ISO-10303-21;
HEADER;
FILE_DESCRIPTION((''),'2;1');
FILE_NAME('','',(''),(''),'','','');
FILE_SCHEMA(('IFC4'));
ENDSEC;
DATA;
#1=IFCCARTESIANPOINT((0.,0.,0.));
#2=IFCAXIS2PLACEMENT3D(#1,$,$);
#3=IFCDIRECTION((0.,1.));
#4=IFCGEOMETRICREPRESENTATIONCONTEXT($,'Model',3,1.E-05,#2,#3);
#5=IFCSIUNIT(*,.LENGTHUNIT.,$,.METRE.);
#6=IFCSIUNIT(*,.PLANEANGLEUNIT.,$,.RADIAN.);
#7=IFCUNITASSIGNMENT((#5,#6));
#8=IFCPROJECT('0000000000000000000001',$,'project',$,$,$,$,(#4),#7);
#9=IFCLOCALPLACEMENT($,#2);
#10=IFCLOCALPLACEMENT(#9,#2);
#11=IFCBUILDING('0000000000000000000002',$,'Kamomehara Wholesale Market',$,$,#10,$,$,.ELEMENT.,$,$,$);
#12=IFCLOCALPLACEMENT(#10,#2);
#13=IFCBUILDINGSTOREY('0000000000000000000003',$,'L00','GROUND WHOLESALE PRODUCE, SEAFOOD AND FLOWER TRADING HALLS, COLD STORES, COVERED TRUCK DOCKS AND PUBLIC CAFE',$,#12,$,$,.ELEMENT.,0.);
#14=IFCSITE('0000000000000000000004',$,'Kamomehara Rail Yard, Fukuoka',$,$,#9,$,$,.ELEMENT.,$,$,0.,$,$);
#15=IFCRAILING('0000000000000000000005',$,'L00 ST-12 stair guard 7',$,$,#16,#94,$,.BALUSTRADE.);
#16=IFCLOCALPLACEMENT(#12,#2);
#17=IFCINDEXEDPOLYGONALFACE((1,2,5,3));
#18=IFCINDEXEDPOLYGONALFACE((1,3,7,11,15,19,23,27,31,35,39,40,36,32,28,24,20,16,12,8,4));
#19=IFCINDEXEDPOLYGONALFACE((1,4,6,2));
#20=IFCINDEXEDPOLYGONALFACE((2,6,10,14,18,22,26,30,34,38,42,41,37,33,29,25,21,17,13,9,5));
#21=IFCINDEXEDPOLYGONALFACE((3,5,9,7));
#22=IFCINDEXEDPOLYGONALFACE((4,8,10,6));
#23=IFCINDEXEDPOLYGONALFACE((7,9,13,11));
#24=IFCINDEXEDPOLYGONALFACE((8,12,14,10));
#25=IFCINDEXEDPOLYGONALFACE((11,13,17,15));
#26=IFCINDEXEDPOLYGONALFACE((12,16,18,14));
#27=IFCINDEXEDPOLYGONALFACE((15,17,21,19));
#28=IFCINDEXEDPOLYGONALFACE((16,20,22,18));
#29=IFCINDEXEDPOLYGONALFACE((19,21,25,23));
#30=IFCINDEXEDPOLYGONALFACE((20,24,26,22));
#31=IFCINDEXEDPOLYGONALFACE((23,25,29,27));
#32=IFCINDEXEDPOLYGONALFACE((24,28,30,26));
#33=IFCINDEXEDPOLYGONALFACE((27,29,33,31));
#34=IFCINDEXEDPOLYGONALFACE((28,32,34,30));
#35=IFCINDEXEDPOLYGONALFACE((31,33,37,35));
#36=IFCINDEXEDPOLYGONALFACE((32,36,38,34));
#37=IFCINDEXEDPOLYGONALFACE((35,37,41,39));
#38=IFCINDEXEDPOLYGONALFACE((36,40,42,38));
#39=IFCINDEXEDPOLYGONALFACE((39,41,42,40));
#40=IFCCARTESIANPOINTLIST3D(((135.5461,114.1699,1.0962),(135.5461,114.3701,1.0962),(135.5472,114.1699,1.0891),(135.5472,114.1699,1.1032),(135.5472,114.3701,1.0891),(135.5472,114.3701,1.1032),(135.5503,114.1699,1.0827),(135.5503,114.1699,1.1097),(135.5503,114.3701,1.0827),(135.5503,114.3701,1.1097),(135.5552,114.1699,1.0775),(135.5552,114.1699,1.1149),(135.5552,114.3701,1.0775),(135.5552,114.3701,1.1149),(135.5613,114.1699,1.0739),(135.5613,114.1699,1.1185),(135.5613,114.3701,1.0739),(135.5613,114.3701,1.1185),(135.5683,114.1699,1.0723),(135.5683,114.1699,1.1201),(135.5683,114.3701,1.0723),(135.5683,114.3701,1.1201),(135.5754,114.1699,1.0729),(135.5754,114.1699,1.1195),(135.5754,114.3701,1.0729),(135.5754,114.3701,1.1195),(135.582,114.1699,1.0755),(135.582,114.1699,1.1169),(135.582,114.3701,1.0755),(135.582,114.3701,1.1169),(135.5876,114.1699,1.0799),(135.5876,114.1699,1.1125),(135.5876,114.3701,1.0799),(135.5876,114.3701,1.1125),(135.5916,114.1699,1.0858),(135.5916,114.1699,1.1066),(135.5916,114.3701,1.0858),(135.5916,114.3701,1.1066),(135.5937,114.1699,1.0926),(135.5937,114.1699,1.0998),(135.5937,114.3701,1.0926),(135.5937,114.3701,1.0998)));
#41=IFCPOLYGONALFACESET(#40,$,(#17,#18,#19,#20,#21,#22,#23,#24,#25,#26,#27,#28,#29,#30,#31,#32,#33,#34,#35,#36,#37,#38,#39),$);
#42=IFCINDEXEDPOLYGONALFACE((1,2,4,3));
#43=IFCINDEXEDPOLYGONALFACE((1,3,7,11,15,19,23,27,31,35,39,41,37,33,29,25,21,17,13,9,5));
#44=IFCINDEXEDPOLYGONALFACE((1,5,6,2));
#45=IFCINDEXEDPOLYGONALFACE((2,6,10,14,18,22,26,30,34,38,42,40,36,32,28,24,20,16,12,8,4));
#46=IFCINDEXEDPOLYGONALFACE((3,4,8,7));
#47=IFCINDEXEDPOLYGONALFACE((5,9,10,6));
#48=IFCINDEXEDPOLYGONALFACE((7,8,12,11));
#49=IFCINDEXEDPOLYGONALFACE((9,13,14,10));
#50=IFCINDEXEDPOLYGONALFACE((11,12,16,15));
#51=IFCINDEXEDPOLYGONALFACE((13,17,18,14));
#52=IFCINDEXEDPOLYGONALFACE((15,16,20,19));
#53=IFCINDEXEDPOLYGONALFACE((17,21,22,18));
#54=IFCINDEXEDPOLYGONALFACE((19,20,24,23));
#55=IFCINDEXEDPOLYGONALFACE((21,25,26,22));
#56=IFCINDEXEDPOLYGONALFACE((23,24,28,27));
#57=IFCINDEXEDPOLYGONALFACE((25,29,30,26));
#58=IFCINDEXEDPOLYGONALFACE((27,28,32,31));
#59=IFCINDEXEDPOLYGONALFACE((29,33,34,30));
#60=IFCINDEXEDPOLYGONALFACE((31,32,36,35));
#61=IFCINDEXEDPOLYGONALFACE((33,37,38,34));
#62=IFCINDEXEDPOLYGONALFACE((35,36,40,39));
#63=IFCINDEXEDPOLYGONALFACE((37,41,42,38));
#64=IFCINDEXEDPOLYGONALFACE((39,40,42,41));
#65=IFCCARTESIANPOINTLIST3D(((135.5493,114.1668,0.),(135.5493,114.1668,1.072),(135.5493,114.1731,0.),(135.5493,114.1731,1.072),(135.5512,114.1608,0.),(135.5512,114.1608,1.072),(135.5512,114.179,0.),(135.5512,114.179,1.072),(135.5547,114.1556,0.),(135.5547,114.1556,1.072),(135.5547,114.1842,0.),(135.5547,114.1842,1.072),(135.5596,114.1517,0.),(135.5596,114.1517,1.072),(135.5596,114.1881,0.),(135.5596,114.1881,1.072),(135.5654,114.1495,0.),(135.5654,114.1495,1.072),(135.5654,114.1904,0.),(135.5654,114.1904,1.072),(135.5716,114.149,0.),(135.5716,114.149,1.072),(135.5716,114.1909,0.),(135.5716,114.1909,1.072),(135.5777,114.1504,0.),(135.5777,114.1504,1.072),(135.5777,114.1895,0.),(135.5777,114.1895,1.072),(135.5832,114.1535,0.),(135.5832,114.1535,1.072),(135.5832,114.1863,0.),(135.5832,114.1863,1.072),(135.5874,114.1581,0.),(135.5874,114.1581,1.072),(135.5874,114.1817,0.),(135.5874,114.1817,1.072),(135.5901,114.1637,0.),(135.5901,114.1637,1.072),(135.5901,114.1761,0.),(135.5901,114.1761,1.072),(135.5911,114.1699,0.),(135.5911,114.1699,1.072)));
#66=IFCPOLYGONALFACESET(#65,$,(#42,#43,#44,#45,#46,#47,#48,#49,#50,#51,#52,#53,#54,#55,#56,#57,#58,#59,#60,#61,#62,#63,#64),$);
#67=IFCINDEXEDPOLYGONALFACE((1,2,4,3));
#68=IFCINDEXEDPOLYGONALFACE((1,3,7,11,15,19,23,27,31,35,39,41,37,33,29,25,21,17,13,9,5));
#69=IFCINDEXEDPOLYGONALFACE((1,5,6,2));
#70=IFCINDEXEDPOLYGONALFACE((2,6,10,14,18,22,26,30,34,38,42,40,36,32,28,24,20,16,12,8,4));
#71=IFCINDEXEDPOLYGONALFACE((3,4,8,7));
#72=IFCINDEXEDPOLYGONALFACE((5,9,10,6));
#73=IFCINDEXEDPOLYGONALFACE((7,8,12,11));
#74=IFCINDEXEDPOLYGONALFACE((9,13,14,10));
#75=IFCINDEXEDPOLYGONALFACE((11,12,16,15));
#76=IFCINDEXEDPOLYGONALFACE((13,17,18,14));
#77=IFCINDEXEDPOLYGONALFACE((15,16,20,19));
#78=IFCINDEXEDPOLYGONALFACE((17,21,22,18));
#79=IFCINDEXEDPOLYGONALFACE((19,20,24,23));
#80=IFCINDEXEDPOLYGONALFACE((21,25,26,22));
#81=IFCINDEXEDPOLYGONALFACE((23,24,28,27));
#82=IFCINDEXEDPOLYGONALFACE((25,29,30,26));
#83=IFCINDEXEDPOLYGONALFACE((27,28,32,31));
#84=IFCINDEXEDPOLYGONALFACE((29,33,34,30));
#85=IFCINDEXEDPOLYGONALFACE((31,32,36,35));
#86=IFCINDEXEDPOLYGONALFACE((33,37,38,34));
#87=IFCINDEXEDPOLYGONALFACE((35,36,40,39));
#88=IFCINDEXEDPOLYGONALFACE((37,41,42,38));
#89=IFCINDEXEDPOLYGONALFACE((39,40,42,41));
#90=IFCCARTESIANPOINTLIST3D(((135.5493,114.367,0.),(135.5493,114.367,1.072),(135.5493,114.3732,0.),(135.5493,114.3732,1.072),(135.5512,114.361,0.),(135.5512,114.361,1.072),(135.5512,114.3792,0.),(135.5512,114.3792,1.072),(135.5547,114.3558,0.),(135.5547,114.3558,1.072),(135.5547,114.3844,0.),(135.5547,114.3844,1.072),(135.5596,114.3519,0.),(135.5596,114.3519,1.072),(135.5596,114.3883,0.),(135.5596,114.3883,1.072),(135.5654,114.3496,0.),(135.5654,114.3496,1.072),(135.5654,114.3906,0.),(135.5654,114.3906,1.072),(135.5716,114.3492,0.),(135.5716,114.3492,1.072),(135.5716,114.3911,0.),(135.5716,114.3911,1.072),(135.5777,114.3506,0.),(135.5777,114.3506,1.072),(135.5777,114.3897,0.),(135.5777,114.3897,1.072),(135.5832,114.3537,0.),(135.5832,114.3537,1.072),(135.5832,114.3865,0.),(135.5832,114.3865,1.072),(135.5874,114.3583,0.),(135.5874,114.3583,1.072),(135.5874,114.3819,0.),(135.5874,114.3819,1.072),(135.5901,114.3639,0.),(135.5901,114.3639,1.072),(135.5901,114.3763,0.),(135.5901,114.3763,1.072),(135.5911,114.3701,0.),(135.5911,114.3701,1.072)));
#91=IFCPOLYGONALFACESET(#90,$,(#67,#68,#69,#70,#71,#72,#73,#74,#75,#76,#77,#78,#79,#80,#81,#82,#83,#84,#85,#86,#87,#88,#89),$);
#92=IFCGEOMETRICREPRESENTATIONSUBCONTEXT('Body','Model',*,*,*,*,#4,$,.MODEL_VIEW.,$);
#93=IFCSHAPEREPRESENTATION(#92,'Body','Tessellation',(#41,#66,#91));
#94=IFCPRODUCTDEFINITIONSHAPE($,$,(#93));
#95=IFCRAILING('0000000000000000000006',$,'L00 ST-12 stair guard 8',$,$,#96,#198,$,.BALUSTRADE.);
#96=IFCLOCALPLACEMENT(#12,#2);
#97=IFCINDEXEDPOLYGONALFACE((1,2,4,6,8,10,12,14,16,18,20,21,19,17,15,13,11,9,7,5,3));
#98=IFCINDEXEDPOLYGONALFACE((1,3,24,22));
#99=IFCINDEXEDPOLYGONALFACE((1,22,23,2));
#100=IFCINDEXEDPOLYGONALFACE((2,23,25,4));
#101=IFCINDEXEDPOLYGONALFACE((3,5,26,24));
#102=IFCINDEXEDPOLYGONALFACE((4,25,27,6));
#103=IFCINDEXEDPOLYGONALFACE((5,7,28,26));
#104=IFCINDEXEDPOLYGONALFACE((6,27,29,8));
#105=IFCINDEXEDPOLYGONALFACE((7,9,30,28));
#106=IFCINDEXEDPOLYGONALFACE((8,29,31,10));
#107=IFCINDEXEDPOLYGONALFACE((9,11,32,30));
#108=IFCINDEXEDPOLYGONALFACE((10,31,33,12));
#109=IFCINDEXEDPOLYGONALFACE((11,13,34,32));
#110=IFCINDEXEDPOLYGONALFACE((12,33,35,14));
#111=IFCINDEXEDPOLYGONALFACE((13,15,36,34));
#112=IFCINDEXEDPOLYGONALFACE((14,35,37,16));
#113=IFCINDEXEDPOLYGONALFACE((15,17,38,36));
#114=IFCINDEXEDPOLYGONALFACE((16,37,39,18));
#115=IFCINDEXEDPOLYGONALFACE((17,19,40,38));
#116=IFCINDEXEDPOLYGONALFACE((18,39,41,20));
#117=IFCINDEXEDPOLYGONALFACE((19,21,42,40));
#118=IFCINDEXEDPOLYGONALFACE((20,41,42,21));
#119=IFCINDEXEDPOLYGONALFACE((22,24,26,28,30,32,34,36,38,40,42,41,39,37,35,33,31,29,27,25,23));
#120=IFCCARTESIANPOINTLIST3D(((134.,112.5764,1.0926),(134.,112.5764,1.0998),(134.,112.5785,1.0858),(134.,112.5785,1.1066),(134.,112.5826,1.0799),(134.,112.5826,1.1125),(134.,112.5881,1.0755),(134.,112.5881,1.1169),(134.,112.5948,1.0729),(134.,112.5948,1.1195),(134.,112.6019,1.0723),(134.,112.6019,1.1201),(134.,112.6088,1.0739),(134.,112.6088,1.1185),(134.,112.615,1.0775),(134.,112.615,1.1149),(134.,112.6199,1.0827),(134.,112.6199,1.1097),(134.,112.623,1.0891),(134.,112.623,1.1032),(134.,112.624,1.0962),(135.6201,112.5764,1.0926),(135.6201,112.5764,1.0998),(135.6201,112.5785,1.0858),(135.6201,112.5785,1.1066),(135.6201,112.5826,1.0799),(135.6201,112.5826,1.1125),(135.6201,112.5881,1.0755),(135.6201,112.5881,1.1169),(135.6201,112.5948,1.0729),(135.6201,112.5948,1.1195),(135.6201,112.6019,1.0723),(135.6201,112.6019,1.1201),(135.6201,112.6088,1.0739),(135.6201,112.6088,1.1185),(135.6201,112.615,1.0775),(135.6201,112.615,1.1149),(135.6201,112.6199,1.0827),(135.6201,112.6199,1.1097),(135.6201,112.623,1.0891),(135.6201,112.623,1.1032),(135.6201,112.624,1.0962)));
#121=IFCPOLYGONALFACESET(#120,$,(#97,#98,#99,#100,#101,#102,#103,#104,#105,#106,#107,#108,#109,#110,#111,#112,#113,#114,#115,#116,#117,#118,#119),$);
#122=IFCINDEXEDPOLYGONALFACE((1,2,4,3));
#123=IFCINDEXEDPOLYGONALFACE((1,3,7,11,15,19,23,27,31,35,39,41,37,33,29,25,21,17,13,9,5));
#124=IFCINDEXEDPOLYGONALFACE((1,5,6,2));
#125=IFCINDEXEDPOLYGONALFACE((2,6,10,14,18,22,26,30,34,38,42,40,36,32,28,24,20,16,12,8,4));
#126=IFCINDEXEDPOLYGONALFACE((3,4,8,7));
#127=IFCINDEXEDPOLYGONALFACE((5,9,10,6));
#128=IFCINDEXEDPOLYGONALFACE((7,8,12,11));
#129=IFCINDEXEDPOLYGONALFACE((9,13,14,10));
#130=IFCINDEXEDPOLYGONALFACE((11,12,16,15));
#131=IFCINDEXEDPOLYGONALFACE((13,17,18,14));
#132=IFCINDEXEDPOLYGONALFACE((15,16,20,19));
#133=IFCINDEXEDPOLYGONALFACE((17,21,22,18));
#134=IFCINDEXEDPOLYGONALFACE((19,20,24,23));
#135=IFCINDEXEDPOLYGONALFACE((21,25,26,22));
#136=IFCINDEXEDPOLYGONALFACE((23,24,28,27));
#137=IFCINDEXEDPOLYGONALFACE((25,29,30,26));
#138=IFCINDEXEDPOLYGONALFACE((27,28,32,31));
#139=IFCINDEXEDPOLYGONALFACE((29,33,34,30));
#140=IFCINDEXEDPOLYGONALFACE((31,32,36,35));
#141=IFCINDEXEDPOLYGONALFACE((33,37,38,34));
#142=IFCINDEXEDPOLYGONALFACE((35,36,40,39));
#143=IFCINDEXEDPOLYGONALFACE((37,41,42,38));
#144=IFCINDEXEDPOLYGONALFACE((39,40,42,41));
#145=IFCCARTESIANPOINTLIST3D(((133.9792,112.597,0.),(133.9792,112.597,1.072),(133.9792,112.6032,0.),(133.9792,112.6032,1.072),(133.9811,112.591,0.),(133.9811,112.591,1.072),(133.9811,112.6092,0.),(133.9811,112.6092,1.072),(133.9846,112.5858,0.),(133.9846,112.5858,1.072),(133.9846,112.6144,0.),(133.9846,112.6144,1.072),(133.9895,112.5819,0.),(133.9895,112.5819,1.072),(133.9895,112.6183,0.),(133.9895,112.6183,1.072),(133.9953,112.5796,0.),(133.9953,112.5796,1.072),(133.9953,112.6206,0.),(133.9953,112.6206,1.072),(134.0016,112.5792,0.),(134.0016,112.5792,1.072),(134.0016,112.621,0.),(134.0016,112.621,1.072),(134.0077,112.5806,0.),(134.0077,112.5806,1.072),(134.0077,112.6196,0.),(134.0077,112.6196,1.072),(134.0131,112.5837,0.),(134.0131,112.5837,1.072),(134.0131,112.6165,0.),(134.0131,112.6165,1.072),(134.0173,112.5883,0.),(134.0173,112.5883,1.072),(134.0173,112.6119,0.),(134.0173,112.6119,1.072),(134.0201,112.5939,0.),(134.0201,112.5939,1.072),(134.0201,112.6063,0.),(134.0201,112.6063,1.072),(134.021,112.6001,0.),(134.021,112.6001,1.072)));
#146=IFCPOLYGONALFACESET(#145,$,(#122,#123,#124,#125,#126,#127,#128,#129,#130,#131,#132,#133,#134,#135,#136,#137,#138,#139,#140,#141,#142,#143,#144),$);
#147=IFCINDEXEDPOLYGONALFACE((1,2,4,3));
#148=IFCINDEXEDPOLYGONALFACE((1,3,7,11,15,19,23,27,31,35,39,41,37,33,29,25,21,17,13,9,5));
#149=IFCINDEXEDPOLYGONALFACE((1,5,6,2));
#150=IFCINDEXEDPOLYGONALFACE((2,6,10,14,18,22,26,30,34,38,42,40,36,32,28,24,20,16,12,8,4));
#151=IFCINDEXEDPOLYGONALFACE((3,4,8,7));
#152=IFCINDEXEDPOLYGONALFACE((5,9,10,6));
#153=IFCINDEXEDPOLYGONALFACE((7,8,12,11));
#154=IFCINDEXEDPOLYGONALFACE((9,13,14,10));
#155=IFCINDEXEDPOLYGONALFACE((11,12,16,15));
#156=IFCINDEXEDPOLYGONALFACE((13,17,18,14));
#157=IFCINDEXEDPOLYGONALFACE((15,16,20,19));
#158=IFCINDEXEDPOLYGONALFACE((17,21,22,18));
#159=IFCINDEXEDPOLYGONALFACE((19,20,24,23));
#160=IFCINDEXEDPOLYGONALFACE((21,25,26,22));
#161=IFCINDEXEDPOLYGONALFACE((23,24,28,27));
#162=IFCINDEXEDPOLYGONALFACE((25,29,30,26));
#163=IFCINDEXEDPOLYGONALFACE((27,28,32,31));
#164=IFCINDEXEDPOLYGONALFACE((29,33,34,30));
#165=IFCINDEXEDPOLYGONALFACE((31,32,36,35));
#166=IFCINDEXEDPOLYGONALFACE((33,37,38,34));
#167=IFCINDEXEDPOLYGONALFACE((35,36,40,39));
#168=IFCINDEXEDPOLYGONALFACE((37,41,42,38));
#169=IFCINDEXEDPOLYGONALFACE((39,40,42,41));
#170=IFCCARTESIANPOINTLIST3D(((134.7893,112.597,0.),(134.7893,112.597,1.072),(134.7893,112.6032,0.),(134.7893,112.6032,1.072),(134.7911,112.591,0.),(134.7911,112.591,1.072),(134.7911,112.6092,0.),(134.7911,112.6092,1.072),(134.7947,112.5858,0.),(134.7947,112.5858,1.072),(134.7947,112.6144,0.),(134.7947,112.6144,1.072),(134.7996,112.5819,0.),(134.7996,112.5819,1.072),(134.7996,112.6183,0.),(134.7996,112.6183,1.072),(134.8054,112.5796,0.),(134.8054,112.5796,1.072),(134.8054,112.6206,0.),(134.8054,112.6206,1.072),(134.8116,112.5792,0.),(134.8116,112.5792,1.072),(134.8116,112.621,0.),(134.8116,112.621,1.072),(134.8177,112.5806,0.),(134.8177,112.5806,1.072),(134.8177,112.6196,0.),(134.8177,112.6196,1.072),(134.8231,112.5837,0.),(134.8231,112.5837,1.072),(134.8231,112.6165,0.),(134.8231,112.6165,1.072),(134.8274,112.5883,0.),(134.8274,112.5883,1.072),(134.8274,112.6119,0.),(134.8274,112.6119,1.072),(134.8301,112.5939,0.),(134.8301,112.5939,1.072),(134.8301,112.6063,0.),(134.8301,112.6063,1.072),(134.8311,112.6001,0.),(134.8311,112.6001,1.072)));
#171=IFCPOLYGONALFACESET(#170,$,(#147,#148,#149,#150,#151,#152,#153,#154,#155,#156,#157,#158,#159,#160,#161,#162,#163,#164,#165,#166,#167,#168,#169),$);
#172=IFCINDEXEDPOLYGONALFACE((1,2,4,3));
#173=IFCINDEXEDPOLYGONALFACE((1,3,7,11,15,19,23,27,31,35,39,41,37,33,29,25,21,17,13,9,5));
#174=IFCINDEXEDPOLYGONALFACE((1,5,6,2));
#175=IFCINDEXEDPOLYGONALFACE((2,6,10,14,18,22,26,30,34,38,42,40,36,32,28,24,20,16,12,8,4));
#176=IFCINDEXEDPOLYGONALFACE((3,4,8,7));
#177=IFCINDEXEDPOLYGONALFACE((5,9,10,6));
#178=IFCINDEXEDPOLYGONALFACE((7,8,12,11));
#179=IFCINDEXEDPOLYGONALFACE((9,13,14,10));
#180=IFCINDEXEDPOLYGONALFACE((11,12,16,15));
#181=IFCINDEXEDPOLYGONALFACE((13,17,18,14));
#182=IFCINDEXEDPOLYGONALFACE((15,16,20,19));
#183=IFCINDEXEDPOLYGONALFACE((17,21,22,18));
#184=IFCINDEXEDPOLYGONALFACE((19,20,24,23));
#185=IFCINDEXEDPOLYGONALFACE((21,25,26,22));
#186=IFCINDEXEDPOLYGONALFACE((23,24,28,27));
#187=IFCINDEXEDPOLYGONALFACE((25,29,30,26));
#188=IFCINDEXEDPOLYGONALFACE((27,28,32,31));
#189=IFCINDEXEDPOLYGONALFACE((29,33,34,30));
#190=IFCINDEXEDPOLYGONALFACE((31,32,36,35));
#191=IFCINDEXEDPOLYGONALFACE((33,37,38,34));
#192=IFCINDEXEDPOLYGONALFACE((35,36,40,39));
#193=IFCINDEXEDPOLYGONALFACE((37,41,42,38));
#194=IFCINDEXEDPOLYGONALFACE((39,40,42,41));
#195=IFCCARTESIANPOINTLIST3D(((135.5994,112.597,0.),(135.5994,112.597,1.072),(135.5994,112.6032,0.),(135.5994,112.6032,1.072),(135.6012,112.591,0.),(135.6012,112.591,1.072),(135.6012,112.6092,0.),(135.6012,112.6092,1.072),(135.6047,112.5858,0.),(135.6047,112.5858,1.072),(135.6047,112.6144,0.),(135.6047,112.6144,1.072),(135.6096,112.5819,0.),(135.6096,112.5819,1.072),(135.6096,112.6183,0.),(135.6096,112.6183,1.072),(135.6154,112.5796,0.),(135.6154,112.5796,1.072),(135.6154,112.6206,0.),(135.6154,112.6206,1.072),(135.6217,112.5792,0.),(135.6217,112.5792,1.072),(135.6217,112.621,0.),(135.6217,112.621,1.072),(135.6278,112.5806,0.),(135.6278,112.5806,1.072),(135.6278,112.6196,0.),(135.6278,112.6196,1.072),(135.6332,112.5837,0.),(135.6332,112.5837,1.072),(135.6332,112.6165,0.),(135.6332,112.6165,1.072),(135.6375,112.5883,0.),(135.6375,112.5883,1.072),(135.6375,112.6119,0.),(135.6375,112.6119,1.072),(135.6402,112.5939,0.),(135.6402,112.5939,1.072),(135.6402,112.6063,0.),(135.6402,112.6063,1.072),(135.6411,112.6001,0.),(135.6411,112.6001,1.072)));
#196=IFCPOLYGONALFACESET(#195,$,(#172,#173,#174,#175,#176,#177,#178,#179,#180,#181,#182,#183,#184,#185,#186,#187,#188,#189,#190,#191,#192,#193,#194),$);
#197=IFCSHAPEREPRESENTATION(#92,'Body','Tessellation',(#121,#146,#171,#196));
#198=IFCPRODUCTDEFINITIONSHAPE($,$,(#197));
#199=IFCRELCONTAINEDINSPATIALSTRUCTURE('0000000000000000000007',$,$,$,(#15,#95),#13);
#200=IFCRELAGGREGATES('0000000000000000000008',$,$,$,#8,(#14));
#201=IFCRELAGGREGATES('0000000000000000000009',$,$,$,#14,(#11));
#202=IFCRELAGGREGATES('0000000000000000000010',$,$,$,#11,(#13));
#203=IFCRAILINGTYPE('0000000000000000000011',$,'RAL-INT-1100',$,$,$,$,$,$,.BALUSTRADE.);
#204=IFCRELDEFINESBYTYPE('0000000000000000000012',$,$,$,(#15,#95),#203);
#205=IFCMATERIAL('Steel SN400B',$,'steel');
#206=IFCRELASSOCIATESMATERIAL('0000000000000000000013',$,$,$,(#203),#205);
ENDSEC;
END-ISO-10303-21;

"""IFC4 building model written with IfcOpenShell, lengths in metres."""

from ifc_helpers import new_model, si_unit, direction, frame, origin, origin_2d, place, context, subcontext, project, spatial, circle, extrude, material, type_object, element, save


model = new_model("IFC4")

# Units and contexts
model_context = context("Model", 3, precision=1e-05, world=origin(), true_north=direction((0.0, 1.0)))
body_context = subcontext(model_context, "Body", "Model", "MODEL_VIEW")
ifc_project = project(units=[si_unit("LENGTHUNIT", "METRE"), si_unit("PLANEANGLEUNIT", "RADIAN")], contexts=[model_context])

# Site, building, storey
site_placement = place(None, origin())
site = spatial("IfcSite", under=ifc_project, at=site_placement, Name="Kamomehara Rail Yard, Fukuoka", CompositionType="ELEMENT", RefElevation=0.0)
building_placement = place(site_placement, origin())
building = spatial("IfcBuilding", under=site, at=building_placement, Name="Kamomehara Wholesale Market", CompositionType="ELEMENT")
storey_placement = place(building_placement, origin())
storey = spatial("IfcBuildingStorey", under=building, at=storey_placement, Name="L00", Description="GROUND WHOLESALE PRODUCE, SEAFOOD AND FLOWER TRADING HALLS, COLD STORES, COVERED TRUCK DOCKS AND PUBLIC CAFE", CompositionType="ELEMENT", Elevation=0.0)

# Railings
ifc_material_1 = material(Name="Steel SN400B", Category="steel")
railing_type_1 = type_object("IfcRailingType", Name="RAL-INT-1100", PredefinedType="BALUSTRADE", material=ifc_material_1)
railing_1_placement = place(storey_placement, frame((135.5701, 114.1699, 0.0)))
element("IfcRailing", 1, at=railing_1_placement, inside=storey, type_object=railing_type_1, Name="L00 ST-12 stair guard 7", PredefinedType="BALUSTRADE", context=body_context, shape_type="SweptSolid", body=[
    extrude(circle(Radius=0.0239, at=origin_2d()), frame((0.0, 0.0, 1.0962), z_axis=(0.0, 1.0, 0.0), x_axis=(-1.0, 0.0, 0.0)), (0.0, 0.0, 1.0), 0.2002),
    extrude(circle(Radius=0.021, at=origin_2d()), origin(), (0.0, 0.0, 1.0), 1.072),
    extrude(circle(Radius=0.021, at=origin_2d()), frame((0.0, 0.2002, 0.0)), (0.0, 0.0, 1.0), 1.072),
])
for number, where, name in (
    (2, (134.0, 112.6001, 0.0), "L00 ST-12 stair guard 8"),
):
    element("IfcRailing", number, at=place(storey_placement, frame(where)), inside=storey, type_object=railing_type_1, Name=name, PredefinedType="BALUSTRADE", context=body_context, shape_type="SweptSolid", body=[
        extrude(circle(Radius=0.0239, at=origin_2d()), frame((0.0, 0.0, 1.0962), z_axis=(1.0, 0.0, 0.0), x_axis=(0.0, 1.0, 0.0)), (0.0, 0.0, 1.0), 1.6201),
        extrude(circle(Radius=0.021, at=origin_2d()), origin(), (0.0, 0.0, 1.0), 1.072),
        extrude(circle(Radius=0.021, at=origin_2d()), frame((0.8101, 0.0, 0.0)), (0.0, 0.0, 1.0), 1.072),
        extrude(circle(Radius=0.021, at=origin_2d()), frame((1.6201, 0.0, 0.0)), (0.0, 0.0, 1.0), 1.072),
    ])

save(model, "model.ifc")
